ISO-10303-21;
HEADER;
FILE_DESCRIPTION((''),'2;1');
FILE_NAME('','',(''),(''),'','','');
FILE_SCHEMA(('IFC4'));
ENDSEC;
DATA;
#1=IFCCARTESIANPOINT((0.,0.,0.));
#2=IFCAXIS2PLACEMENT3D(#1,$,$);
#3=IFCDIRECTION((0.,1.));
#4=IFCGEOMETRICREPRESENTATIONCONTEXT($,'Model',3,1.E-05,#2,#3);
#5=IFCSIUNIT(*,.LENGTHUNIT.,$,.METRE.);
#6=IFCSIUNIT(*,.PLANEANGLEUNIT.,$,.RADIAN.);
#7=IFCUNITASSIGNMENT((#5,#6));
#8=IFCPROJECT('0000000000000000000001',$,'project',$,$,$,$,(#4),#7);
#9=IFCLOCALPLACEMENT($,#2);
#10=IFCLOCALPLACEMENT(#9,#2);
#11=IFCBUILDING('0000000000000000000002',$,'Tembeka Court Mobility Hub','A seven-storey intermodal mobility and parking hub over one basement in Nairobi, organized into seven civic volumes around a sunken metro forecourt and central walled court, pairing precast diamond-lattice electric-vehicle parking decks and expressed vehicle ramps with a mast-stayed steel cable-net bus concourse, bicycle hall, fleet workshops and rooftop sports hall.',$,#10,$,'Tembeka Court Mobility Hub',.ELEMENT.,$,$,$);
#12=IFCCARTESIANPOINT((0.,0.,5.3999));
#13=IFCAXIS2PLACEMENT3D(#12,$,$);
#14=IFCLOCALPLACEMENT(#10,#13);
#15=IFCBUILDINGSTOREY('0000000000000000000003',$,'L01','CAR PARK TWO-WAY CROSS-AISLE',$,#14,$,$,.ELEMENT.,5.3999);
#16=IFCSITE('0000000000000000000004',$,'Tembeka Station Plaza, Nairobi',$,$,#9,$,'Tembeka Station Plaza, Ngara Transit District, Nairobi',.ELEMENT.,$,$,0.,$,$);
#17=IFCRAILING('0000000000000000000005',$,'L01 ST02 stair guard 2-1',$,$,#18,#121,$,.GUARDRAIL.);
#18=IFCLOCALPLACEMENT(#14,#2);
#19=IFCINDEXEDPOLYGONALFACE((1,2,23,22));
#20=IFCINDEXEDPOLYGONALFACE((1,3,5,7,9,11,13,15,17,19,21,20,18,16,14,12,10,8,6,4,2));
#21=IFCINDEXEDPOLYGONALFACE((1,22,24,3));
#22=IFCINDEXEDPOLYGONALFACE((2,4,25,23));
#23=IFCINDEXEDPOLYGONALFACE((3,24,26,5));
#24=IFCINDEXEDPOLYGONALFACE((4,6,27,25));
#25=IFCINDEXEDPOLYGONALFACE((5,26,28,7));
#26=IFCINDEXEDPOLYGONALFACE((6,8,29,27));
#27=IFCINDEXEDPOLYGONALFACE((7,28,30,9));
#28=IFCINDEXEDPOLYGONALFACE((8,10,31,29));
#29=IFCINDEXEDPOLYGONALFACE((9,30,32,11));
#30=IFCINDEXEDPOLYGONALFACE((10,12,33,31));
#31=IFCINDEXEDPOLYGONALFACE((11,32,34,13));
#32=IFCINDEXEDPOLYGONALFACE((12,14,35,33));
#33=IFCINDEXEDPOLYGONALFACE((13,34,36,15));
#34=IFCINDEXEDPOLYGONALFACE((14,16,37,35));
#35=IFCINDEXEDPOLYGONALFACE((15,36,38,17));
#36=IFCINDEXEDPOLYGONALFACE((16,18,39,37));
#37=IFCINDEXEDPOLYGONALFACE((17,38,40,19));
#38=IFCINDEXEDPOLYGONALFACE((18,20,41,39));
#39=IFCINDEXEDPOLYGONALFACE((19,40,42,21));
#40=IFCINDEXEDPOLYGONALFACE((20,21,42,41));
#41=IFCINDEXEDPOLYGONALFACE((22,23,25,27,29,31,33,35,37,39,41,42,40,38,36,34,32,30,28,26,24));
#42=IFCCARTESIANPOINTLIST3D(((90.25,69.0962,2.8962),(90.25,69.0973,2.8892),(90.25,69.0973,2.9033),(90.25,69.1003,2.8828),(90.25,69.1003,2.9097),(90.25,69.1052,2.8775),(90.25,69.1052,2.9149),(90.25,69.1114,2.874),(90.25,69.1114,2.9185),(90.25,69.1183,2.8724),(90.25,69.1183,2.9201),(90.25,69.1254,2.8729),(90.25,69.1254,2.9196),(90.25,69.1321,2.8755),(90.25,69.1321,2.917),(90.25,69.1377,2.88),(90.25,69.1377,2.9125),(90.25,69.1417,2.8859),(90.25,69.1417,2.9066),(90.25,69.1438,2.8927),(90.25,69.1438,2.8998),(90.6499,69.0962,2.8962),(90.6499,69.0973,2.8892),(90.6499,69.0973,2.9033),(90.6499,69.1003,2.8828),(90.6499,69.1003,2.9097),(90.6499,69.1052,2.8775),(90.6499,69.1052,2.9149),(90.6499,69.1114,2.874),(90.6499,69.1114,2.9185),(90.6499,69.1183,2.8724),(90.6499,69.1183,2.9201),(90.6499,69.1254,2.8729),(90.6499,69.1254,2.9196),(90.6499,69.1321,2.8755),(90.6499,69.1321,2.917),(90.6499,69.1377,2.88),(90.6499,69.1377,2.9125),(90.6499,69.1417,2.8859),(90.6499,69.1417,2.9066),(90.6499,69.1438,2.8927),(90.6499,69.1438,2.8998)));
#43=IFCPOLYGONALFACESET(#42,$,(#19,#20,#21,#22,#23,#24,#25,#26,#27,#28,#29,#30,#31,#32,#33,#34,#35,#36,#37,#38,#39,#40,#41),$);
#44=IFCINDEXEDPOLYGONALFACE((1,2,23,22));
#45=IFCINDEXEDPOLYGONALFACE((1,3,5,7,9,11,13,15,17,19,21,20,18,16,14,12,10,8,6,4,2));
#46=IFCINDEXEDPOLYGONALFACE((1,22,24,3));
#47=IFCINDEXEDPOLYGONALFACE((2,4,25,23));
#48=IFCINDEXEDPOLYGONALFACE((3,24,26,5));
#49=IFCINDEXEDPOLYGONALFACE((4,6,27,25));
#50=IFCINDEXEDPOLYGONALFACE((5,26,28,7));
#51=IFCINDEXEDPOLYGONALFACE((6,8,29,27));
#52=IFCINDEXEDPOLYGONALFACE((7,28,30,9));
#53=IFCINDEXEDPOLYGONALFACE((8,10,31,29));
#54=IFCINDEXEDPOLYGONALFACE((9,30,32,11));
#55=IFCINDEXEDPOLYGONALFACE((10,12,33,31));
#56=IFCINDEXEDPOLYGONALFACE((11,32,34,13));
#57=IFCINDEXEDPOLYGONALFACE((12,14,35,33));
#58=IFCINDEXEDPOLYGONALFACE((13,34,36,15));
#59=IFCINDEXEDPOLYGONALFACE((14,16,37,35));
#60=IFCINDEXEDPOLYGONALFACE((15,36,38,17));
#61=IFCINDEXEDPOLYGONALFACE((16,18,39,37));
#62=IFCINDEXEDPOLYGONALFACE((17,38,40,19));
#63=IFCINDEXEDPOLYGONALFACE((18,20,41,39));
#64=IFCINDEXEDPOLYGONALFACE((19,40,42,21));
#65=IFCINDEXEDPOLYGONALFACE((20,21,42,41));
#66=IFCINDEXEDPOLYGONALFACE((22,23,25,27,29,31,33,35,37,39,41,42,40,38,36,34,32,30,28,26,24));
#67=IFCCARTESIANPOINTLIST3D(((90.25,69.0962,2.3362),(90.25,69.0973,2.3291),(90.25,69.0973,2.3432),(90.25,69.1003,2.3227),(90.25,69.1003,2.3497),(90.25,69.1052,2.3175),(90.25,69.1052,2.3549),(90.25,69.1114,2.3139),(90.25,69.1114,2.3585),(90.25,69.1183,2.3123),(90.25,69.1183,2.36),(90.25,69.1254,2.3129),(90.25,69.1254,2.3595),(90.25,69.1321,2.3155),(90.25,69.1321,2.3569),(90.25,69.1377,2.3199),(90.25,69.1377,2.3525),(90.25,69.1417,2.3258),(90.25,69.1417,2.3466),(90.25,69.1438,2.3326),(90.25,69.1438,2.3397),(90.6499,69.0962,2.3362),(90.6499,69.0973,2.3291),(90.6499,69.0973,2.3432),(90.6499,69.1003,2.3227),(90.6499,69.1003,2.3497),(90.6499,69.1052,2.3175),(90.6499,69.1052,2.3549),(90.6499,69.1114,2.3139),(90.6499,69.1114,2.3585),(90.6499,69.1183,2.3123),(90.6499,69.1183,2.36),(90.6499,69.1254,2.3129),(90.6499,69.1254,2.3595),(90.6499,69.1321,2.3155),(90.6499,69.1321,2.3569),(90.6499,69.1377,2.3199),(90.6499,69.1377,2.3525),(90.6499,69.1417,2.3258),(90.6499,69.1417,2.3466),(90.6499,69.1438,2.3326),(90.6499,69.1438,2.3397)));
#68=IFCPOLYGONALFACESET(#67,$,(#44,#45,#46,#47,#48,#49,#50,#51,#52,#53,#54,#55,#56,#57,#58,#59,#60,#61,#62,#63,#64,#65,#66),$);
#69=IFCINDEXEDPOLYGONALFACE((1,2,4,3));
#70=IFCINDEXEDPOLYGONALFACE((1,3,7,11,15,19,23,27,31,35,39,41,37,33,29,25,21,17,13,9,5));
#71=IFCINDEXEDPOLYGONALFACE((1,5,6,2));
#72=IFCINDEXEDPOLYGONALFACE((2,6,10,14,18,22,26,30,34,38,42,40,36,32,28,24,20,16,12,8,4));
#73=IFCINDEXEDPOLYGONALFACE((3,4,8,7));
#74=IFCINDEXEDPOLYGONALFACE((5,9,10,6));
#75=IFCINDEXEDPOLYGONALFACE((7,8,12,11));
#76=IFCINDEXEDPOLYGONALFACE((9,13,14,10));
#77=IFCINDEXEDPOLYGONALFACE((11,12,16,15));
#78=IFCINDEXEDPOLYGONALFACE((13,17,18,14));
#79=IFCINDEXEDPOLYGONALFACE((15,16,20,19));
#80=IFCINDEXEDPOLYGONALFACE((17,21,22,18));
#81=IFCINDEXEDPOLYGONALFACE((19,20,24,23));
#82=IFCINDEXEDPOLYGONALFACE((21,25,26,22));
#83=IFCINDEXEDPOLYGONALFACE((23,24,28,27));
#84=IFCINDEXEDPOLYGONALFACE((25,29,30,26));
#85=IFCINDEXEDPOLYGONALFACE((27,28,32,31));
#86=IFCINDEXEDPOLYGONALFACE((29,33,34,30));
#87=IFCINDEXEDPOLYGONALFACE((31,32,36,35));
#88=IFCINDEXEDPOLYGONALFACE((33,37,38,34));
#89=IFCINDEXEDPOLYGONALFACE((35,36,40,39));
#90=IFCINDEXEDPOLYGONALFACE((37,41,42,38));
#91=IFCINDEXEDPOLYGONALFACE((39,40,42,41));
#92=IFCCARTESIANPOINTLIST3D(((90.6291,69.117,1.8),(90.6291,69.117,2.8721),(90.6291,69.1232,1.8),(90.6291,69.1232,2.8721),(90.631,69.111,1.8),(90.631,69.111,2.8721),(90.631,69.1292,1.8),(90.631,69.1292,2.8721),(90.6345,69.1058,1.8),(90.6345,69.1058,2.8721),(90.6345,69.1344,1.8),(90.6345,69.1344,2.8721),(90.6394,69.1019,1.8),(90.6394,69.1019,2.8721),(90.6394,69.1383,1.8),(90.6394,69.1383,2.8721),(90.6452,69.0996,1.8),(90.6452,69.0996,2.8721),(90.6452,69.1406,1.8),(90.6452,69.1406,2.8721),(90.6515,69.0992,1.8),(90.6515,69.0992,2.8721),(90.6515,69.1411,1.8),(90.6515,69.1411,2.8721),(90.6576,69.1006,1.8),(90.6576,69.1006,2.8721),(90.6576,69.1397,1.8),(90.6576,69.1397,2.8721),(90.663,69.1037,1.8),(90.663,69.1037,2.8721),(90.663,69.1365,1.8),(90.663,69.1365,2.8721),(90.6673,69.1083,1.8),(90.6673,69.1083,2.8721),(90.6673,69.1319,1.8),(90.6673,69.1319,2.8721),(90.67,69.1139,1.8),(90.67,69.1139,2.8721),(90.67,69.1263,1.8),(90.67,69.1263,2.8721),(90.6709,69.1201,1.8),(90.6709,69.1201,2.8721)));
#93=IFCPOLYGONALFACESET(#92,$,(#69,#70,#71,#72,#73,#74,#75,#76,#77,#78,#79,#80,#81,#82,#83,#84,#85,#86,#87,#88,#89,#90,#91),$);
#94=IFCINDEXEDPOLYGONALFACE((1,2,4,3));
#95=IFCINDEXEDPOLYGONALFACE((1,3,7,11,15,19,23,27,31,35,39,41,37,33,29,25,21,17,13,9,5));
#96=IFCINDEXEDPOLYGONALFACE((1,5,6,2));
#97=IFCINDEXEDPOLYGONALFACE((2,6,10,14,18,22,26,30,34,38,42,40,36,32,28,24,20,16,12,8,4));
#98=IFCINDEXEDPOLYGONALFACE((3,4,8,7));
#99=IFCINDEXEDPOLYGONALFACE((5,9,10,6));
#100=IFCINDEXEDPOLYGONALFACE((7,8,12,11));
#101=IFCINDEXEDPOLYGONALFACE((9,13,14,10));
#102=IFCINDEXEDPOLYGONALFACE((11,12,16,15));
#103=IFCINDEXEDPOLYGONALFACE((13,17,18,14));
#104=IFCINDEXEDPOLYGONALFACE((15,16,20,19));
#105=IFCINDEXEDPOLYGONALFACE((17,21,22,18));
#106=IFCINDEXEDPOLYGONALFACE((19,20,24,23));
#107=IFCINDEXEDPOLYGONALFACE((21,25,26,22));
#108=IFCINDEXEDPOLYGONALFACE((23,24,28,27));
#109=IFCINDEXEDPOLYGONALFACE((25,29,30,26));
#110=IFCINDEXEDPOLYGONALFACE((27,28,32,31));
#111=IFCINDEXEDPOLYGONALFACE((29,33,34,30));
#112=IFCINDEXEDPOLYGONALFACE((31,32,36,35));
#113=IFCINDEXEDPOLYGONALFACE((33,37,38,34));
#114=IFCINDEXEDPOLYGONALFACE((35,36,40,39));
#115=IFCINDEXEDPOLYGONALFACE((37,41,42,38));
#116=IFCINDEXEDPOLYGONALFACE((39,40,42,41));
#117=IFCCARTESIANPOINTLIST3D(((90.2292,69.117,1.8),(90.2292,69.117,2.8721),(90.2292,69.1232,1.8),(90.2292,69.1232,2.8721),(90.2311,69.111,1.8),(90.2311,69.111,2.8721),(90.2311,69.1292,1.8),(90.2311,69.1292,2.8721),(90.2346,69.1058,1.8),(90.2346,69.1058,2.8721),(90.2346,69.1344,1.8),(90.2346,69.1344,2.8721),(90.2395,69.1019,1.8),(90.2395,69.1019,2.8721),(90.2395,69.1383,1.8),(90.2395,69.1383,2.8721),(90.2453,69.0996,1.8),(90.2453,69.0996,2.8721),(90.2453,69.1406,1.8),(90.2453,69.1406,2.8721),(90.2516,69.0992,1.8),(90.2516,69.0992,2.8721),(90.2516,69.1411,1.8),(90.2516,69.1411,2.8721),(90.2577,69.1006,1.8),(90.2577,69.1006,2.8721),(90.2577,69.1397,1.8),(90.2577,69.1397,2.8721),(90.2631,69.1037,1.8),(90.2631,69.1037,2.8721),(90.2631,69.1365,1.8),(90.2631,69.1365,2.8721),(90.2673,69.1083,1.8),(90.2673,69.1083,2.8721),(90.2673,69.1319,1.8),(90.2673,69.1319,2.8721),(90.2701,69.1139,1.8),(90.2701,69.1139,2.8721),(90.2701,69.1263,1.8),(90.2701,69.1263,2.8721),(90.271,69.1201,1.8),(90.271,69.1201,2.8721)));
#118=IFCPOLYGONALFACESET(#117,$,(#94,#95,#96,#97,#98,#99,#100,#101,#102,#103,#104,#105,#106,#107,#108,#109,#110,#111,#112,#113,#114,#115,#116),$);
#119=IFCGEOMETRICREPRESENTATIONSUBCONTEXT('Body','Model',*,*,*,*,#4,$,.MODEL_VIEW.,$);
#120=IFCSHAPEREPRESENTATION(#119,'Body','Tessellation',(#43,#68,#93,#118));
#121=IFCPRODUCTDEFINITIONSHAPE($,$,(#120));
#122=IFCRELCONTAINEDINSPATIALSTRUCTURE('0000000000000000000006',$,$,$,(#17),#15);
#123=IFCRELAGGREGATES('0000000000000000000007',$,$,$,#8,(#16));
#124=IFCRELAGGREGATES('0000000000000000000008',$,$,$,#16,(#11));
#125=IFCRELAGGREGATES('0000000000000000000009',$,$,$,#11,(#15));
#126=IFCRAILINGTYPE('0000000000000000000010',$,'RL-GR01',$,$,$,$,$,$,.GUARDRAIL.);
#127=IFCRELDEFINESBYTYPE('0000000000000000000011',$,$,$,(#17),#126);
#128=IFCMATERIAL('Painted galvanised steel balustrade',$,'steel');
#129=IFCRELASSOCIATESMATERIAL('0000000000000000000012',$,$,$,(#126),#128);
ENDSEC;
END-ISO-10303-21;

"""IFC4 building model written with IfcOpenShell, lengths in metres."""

from ifc_helpers import new_model, si_unit, direction, frame, origin, origin_2d, place, context, subcontext, project, spatial, circle, extrude, material, type_object, element, save


model = new_model("IFC4")

# Units and contexts
model_context = context("Model", 3, precision=1e-05, world=origin(), true_north=direction((0.0, 1.0)))
body_context = subcontext(model_context, "Body", "Model", "MODEL_VIEW")
ifc_project = project(units=[si_unit("LENGTHUNIT", "METRE"), si_unit("PLANEANGLEUNIT", "RADIAN")], contexts=[model_context])

# Site, building, storey
site_placement = place(None, origin())
site = spatial("IfcSite", under=ifc_project, at=site_placement, Name="Tembeka Station Plaza, Nairobi", LongName="Tembeka Station Plaza, Ngara Transit District, Nairobi", CompositionType="ELEMENT", RefElevation=0.0)
building_placement = place(site_placement, origin())
building = spatial("IfcBuilding", under=site, at=building_placement, Name="Tembeka Court Mobility Hub", Description="A seven-storey intermodal mobility and parking hub over one basement in Nairobi, organized into seven civic volumes around a sunken metro forecourt and central walled court, pairing precast diamond-lattice electric-vehicle parking decks and expressed vehicle ramps with a mast-stayed steel cable-net bus concourse, bicycle hall, fleet workshops and rooftop sports hall.", LongName="Tembeka Court Mobility Hub", CompositionType="ELEMENT")
storey_placement = place(building_placement, frame((0.0, 0.0, 5.3999)))
storey = spatial("IfcBuildingStorey", under=building, at=storey_placement, Name="L01", Description="CAR PARK TWO-WAY CROSS-AISLE", CompositionType="ELEMENT", Elevation=5.3999)

# Railing
ifc_material_1 = material(Name="Painted galvanised steel balustrade", Category="steel")
railing_type_1 = type_object("IfcRailingType", Name="RL-GR01", PredefinedType="GUARDRAIL", material=ifc_material_1)
railing_1_placement = place(storey_placement, frame((90.6499, 69.1201, 1.8)))
element("IfcRailing", 1, at=railing_1_placement, inside=storey, type_object=railing_type_1, Name="L01 ST02 stair guard 2-1", PredefinedType="GUARDRAIL", context=body_context, shape_type="SweptSolid", body=[
    extrude(circle(Radius=0.0239, at=origin_2d()), frame((0.0, 0.0, 1.0962), z_axis=(-1.0, 0.0, 0.0), x_axis=(0.0, -1.0, 0.0)), (0.0, 0.0, 1.0), 0.3999),
    extrude(circle(Radius=0.0239, at=origin_2d()), frame((0.0, 0.0, 0.5361), z_axis=(-1.0, 0.0, 0.0), x_axis=(0.0, -1.0, 0.0)), (0.0, 0.0, 1.0), 0.3999),
    extrude(circle(Radius=0.021, at=origin_2d()), origin(), (0.0, 0.0, 1.0), 1.072),
    extrude(circle(Radius=0.021, at=origin_2d()), frame((-0.3999, 0.0, 0.0)), (0.0, 0.0, 1.0), 1.072),
])

save(model, "model.ifc")
